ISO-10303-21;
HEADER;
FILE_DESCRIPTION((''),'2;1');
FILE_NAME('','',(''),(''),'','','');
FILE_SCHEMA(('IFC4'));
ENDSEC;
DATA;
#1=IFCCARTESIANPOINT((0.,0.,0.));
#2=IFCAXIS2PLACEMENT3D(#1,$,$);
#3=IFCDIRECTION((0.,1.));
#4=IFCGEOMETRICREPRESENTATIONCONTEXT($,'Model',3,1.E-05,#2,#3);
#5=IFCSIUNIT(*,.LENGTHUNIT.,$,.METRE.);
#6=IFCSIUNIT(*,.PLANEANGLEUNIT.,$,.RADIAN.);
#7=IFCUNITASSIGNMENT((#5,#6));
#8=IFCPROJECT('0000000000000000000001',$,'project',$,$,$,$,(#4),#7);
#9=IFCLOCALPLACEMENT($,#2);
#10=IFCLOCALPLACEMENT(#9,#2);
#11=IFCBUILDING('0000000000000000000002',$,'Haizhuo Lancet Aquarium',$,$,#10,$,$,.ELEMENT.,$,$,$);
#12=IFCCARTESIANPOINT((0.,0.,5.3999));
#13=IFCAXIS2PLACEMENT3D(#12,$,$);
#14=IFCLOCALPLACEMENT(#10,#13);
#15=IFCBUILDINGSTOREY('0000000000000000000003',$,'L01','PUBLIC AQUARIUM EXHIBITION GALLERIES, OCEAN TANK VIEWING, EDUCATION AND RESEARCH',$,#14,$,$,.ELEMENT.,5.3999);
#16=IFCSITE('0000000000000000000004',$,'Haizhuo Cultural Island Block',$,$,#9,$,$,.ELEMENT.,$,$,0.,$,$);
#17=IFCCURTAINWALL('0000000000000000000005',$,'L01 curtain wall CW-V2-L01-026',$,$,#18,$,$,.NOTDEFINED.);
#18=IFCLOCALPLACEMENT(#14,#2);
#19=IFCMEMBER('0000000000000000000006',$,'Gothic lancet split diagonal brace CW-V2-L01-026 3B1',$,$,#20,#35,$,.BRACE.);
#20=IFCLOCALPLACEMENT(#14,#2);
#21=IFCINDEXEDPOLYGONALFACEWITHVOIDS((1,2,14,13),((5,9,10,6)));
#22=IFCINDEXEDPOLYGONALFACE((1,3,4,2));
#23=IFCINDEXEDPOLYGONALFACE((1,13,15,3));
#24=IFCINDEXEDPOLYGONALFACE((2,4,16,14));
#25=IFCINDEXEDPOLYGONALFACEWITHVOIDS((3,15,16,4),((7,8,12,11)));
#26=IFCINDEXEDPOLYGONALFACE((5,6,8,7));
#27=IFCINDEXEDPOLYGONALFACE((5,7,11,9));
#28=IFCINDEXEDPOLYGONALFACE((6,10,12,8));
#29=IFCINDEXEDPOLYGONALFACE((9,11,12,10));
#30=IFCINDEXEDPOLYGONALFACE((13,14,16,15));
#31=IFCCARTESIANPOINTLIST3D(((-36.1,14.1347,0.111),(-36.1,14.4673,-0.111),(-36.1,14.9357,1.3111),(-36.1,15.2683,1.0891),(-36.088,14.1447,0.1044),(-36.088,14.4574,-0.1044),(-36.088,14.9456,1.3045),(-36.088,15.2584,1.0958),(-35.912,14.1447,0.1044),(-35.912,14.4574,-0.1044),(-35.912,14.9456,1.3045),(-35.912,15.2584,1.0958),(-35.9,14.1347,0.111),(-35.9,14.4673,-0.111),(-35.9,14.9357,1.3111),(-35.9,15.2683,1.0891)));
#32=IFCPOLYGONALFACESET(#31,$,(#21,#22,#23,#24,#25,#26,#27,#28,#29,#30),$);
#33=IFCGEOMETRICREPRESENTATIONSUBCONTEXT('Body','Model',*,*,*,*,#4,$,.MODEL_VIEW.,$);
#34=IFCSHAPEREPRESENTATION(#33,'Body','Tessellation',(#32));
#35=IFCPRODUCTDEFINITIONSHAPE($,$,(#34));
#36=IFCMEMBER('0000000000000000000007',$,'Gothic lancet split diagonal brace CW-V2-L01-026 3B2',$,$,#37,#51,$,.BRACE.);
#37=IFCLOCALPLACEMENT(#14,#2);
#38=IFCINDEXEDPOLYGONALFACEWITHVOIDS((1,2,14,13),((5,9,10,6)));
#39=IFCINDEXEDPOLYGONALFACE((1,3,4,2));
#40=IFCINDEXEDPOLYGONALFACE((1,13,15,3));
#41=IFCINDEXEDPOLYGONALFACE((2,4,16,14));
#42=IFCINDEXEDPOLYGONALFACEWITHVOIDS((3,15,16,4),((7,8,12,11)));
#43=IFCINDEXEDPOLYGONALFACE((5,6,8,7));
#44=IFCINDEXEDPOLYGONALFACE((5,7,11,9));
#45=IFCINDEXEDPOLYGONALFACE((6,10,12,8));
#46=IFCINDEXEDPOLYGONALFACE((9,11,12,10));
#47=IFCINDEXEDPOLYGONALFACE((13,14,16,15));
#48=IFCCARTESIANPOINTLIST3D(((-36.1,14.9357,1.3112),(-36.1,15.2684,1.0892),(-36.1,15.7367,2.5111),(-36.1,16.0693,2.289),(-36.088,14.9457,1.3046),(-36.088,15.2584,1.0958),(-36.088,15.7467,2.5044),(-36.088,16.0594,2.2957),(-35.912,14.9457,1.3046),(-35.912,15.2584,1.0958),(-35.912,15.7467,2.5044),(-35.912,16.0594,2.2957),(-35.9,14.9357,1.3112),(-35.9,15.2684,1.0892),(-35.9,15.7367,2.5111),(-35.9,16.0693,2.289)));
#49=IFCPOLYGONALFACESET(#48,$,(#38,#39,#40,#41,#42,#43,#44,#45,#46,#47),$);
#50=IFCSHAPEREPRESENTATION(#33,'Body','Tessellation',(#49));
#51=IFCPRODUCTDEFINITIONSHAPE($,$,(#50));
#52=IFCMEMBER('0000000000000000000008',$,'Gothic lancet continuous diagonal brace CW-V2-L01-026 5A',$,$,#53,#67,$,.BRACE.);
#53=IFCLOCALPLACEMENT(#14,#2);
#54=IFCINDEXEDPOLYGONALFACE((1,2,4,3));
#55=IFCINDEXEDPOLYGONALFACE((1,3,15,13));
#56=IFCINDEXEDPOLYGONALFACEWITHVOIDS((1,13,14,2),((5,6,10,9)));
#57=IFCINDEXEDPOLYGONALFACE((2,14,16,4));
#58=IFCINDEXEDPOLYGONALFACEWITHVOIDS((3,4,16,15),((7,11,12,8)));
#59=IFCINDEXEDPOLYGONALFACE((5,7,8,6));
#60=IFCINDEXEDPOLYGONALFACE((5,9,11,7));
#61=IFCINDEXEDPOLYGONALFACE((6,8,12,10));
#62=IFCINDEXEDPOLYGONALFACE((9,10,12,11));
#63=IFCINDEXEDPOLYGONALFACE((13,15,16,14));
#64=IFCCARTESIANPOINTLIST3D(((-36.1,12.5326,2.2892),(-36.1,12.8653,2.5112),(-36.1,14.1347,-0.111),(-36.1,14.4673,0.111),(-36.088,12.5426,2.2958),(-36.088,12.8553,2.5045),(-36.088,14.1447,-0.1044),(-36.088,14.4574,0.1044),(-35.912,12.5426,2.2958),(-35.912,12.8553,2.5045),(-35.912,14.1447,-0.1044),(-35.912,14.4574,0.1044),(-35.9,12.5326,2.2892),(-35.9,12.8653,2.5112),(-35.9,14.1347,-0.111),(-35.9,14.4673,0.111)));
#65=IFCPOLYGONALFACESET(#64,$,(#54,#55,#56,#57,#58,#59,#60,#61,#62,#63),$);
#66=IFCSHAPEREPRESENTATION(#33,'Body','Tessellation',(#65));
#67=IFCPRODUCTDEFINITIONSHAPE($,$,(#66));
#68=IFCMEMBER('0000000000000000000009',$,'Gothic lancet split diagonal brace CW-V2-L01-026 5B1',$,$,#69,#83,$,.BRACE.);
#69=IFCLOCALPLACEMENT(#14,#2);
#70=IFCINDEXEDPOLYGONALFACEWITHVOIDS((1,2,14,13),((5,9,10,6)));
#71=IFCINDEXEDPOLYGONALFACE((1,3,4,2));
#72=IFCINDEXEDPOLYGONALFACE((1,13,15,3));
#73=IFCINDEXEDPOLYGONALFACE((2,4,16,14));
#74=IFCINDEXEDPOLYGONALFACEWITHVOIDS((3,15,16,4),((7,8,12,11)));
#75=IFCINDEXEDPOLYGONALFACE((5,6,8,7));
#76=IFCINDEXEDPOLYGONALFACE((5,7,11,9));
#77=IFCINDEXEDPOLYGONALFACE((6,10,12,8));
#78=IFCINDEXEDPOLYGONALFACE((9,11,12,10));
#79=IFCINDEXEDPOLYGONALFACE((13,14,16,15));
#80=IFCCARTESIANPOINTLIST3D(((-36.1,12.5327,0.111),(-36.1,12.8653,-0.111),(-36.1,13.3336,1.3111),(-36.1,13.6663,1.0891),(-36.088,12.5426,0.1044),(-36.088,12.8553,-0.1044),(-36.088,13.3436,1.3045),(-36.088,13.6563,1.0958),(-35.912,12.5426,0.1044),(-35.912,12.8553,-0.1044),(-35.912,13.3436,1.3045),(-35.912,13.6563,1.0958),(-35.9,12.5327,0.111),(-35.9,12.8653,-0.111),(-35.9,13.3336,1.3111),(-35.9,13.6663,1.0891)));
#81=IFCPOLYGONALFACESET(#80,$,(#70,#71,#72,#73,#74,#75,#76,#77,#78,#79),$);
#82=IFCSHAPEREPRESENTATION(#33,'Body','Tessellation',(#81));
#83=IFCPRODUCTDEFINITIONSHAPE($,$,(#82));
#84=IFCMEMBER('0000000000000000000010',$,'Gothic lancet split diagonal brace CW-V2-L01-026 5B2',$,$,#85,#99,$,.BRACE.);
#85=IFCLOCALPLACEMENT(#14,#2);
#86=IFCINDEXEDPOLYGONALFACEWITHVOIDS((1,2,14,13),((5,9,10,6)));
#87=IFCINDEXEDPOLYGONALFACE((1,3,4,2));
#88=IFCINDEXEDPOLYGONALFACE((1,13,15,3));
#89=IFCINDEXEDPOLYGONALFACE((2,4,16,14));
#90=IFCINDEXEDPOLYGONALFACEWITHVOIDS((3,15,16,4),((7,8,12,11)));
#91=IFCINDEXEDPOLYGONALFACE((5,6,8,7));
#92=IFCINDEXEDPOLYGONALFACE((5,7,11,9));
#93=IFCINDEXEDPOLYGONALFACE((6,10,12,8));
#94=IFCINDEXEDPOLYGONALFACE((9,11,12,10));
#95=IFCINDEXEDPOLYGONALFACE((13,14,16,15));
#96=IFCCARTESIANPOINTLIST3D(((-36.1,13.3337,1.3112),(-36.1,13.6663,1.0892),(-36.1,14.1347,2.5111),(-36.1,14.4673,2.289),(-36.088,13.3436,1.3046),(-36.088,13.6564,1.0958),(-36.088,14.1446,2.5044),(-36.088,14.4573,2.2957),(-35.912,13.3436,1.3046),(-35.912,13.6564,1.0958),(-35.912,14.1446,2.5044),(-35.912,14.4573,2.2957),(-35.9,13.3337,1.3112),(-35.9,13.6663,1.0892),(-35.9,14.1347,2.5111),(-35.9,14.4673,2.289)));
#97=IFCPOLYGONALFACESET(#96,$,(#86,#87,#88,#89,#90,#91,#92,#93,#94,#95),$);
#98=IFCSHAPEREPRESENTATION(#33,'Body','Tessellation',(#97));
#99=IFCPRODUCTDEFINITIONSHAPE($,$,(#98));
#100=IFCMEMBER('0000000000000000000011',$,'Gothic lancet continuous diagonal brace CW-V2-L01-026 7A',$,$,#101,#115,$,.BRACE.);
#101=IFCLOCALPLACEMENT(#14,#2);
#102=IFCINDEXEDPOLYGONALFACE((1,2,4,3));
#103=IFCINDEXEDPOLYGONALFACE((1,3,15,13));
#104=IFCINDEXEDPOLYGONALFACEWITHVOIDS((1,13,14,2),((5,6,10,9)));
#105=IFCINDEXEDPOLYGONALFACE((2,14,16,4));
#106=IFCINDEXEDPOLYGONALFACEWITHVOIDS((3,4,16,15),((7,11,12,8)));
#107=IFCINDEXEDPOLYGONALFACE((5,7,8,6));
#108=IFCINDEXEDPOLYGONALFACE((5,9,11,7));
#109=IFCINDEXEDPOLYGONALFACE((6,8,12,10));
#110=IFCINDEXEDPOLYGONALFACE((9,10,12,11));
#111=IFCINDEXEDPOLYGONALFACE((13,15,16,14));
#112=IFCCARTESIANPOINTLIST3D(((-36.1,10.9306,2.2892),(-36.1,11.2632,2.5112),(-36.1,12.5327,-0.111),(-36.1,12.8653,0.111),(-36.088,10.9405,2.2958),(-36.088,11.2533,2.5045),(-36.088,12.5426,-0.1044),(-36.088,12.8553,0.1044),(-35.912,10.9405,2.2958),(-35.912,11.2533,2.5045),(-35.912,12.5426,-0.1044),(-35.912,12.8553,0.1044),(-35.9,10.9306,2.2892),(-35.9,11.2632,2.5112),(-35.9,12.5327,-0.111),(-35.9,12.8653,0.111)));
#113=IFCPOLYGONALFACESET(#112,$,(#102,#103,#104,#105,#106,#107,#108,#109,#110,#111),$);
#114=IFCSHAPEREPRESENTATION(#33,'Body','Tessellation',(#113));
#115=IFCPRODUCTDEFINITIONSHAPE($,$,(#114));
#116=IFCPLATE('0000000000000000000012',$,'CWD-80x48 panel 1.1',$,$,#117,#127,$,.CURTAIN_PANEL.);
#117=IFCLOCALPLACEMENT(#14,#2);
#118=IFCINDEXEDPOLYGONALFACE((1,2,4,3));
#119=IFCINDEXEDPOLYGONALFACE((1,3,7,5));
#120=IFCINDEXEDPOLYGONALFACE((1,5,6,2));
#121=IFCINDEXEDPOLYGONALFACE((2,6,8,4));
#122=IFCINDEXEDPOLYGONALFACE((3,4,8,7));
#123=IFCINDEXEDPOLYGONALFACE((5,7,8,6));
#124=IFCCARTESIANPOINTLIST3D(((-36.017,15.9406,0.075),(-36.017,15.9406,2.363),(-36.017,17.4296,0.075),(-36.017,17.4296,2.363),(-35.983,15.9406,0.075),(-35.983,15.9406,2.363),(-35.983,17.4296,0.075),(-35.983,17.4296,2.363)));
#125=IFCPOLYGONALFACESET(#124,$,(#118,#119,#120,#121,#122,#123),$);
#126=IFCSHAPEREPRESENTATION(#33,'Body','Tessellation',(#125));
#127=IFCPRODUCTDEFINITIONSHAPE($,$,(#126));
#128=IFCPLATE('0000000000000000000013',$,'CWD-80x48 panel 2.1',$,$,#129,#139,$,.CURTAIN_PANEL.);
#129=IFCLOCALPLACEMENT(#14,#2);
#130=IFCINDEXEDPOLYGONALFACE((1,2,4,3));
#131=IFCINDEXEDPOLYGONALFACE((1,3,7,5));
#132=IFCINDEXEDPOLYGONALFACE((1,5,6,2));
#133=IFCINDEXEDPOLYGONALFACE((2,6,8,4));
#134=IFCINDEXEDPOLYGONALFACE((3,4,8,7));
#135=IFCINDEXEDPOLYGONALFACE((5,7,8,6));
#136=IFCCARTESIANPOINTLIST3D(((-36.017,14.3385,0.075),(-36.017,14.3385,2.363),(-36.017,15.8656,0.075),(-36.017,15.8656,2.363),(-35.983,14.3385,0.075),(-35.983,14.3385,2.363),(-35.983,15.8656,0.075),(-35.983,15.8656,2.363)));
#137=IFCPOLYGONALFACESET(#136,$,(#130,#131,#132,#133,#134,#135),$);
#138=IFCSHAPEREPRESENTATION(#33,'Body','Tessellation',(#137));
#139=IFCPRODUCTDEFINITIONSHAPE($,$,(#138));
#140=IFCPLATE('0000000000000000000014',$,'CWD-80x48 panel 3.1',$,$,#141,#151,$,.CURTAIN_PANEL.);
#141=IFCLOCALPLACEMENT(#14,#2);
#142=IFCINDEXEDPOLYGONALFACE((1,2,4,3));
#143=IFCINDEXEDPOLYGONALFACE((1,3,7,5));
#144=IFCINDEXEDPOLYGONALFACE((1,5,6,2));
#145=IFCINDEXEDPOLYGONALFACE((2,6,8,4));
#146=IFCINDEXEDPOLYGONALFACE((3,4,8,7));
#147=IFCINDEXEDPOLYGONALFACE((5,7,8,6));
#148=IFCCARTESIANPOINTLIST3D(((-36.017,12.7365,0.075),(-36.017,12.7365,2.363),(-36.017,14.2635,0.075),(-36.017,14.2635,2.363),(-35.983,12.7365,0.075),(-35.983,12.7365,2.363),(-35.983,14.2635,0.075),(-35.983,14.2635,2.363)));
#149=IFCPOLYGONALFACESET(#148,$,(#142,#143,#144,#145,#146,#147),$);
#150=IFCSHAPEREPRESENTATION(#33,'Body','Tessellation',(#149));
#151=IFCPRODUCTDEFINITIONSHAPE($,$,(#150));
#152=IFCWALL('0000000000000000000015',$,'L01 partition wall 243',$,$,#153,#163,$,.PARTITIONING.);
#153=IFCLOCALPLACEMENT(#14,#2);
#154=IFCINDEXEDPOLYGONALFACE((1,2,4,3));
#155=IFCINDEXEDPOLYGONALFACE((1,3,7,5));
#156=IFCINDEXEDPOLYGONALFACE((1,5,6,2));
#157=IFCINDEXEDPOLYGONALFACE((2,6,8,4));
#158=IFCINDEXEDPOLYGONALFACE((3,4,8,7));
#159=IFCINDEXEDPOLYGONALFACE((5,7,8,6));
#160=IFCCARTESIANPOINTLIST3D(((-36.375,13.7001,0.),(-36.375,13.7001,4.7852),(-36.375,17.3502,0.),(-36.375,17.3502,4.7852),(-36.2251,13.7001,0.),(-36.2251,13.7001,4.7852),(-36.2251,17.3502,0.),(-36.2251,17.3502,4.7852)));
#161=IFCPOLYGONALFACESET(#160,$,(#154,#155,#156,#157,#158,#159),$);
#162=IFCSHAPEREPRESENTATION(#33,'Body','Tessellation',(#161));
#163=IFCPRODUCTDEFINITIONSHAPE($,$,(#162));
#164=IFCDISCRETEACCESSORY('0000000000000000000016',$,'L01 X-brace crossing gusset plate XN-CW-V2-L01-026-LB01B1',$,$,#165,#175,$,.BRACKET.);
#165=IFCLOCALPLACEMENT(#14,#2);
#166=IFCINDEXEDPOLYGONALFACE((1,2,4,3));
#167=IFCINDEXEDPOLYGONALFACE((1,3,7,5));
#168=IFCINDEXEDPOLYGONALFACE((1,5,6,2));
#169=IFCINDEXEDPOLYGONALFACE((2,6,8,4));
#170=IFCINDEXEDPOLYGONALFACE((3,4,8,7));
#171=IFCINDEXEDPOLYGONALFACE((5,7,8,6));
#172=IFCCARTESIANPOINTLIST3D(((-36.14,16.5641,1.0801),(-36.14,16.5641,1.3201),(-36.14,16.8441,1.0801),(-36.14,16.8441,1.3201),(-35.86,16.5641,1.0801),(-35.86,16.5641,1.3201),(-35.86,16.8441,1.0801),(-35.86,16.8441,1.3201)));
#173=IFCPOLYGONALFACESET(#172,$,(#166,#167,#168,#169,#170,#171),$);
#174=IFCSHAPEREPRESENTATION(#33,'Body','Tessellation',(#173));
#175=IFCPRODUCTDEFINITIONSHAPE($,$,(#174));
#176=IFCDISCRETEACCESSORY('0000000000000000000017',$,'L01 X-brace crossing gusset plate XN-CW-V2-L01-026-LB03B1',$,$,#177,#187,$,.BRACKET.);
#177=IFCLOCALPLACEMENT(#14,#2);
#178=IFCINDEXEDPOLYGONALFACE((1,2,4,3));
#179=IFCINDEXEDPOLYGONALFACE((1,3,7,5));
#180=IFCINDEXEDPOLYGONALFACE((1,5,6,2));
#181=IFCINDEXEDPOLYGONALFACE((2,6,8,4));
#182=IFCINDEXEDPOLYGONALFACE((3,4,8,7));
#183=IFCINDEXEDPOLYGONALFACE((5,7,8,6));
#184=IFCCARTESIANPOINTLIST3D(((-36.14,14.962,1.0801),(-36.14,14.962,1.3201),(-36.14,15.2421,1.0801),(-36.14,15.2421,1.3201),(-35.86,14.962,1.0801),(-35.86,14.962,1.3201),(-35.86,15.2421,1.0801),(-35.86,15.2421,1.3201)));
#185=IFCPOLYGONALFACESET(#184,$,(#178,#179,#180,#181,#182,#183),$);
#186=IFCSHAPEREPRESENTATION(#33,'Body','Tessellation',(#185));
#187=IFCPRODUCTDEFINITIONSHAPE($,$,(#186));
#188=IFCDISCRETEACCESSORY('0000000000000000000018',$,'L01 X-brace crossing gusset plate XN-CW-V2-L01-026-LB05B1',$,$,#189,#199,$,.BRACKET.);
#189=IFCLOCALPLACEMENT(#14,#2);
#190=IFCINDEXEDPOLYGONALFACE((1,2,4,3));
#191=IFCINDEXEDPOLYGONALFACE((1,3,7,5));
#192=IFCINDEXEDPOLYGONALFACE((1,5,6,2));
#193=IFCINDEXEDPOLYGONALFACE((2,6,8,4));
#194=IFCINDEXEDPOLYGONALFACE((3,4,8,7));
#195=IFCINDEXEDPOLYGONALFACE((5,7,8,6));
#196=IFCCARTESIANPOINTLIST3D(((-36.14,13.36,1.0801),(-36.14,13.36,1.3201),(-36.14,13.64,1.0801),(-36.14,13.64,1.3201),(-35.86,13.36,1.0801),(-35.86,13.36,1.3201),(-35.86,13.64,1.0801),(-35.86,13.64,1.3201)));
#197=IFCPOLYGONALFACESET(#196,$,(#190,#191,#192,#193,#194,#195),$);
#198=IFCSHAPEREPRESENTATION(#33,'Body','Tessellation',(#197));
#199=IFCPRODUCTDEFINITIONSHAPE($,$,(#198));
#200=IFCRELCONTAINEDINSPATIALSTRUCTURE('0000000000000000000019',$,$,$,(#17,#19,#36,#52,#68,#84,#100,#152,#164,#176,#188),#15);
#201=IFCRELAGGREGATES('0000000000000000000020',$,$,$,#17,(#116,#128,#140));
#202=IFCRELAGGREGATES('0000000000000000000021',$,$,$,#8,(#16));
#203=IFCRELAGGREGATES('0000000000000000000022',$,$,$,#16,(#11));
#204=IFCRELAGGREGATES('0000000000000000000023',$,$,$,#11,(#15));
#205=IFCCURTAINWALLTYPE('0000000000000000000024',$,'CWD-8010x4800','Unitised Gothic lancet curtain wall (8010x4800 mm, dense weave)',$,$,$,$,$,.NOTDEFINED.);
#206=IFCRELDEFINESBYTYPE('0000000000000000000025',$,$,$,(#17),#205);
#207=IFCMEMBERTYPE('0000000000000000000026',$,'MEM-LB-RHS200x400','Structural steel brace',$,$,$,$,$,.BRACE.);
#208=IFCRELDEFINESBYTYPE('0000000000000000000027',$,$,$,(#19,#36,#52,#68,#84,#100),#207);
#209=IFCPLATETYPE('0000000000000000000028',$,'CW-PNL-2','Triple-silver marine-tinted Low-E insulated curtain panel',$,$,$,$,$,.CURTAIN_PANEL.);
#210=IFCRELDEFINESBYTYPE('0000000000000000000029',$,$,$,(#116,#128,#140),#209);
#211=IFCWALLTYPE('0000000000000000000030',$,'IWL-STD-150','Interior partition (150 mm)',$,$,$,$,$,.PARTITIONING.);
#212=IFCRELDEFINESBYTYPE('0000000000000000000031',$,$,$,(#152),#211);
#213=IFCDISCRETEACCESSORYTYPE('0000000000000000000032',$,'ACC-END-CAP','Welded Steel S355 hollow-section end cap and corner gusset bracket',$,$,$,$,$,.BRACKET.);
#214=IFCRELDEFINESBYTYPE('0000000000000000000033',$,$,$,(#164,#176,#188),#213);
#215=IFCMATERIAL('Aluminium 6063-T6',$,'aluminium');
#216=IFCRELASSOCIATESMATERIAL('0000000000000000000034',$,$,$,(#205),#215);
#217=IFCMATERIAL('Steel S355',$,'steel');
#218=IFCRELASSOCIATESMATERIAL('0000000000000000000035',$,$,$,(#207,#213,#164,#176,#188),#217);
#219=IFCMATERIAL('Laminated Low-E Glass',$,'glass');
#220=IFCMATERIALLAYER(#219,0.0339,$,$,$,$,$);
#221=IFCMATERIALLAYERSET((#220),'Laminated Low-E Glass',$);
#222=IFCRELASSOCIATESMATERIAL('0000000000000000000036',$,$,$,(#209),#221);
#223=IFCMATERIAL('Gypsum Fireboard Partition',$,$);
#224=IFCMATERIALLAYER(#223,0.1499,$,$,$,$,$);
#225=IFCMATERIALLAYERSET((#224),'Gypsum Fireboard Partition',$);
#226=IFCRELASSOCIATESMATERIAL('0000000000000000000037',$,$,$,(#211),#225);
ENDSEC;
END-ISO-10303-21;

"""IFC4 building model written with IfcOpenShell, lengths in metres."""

from ifc_helpers import new_model, si_unit, direction, frame, frame_2d, origin, origin_2d, place, context, subcontext, project, spatial, rectangle, hollow_rectangle, extrude, material, layer, layer_set, material_profile, profile_set, type_object, element, aggregate, save


model = new_model("IFC4")

# Units and contexts
model_context = context("Model", 3, precision=1e-05, world=origin(), true_north=direction((0.0, 1.0)))
body_context = subcontext(model_context, "Body", "Model", "MODEL_VIEW")
ifc_project = project(units=[si_unit("LENGTHUNIT", "METRE"), si_unit("PLANEANGLEUNIT", "RADIAN")], contexts=[model_context])

# Site, building, storey
site_placement = place(None, origin())
site = spatial("IfcSite", under=ifc_project, at=site_placement, Name="Haizhuo Cultural Island Block", CompositionType="ELEMENT", RefElevation=0.0)
building_placement = place(site_placement, origin())
building = spatial("IfcBuilding", under=site, at=building_placement, Name="Haizhuo Lancet Aquarium", CompositionType="ELEMENT")
storey_placement = place(building_placement, frame((0.0, 0.0, 5.3999)))
storey = spatial("IfcBuildingStorey", under=building, at=storey_placement, Name="L01", Description="PUBLIC AQUARIUM EXHIBITION GALLERIES, OCEAN TANK VIEWING, EDUCATION AND RESEARCH", CompositionType="ELEMENT", Elevation=5.3999)

# Curtain wall
ifc_material_1 = material(Name="Aluminium 6063-T6", Category="aluminium")
curtain_wall_type = type_object("IfcCurtainWallType", Name="CWD-8010x4800", Description="Unitised Gothic lancet curtain wall (8010x4800 mm, dense weave)", PredefinedType="NOTDEFINED", material=ifc_material_1)
curtain_wall_placement = place(storey_placement, origin())
curtain_wall = element("IfcCurtainWall", 1, at=curtain_wall_placement, inside=storey, type_object=curtain_wall_type, Name="L01 curtain wall CW-V2-L01-026", PredefinedType="NOTDEFINED")

# Members
ifc_material_2 = material(Name="Steel S355", Category="steel")
ifc_material_profile_1 = material_profile(ifc_material_2, hollow_rectangle(XDim=0.2, YDim=0.3999, WallThickness=0.012, at=origin_2d()), Name="RHS 200x400x12")
ifc_profile_set_1 = profile_set([ifc_material_profile_1], Name="Steel S355")
member_type_1 = type_object("IfcMemberType", Name="MEM-LB-RHS200x400", Description="Structural steel brace", PredefinedType="BRACE", material=ifc_profile_set_1)
member_1_placement = place(storey_placement, frame((-36.0, 14.301, 0.0), z_axis=(0.0, 0.55513, 0.831764), x_axis=(-1.0, 0.0, 0.0)))
element("IfcMember", 2, at=member_1_placement, inside=storey, type_object=member_type_1, Name="Gothic lancet split diagonal brace CW-V2-L01-026 3B1", PredefinedType="BRACE", context=body_context, shape_type="SweptSolid", body=[
    extrude(hollow_rectangle(XDim=0.2, YDim=0.3999, WallThickness=0.012, at=origin_2d()), origin(), (0.0, 0.0, 1.0), 1.4429),
])
member_2_placement = place(storey_placement, frame((-36.0, 15.1021, 1.2002), z_axis=(0.0, 0.555208, 0.831712), x_axis=(-1.0, 0.0, 0.0)))
element("IfcMember", 3, at=member_2_placement, inside=storey, type_object=member_type_1, Name="Gothic lancet split diagonal brace CW-V2-L01-026 3B2", PredefinedType="BRACE", context=body_context, shape_type="SweptSolid", body=[
    extrude(hollow_rectangle(XDim=0.2, YDim=0.3999, WallThickness=0.012, at=origin_2d()), origin(), (0.0, 0.0, 1.0), 1.4426),
])
member_3_placement = place(storey_placement, frame((-36.0, 14.301, 0.0), z_axis=(0.0, -0.555169, 0.831738), x_axis=(1.0, 0.0, 0.0)))
element("IfcMember", 4, at=member_3_placement, inside=storey, type_object=member_type_1, Name="Gothic lancet continuous diagonal brace CW-V2-L01-026 5A", PredefinedType="BRACE", context=body_context, shape_type="SweptSolid", body=[
    extrude(hollow_rectangle(XDim=0.2, YDim=0.3999, WallThickness=0.012, at=origin_2d()), origin(), (0.0, 0.0, 1.0), 2.8857),
])
member_4_placement = place(storey_placement, frame((-36.0, 12.699, 0.0), z_axis=(0.0, 0.55513, 0.831764), x_axis=(-1.0, 0.0, 0.0)))
element("IfcMember", 5, at=member_4_placement, inside=storey, type_object=member_type_1, Name="Gothic lancet split diagonal brace CW-V2-L01-026 5B1", PredefinedType="BRACE", context=body_context, shape_type="SweptSolid", body=[
    extrude(hollow_rectangle(XDim=0.2, YDim=0.3999, WallThickness=0.012, at=origin_2d()), origin(), (0.0, 0.0, 1.0), 1.4429),
])
member_5_placement = place(storey_placement, frame((-36.0, 13.5, 1.2002), z_axis=(0.0, 0.555208, 0.831712), x_axis=(-1.0, 0.0, 0.0)))
element("IfcMember", 6, at=member_5_placement, inside=storey, type_object=member_type_1, Name="Gothic lancet split diagonal brace CW-V2-L01-026 5B2", PredefinedType="BRACE", context=body_context, shape_type="SweptSolid", body=[
    extrude(hollow_rectangle(XDim=0.2, YDim=0.3999, WallThickness=0.012, at=origin_2d()), origin(), (0.0, 0.0, 1.0), 1.4426),
])
member_6_placement = place(storey_placement, frame((-36.0, 12.699, 0.0), z_axis=(0.0, -0.555169, 0.831738), x_axis=(1.0, 0.0, 0.0)))
element("IfcMember", 7, at=member_6_placement, inside=storey, type_object=member_type_1, Name="Gothic lancet continuous diagonal brace CW-V2-L01-026 7A", PredefinedType="BRACE", context=body_context, shape_type="SweptSolid", body=[
    extrude(hollow_rectangle(XDim=0.2, YDim=0.3999, WallThickness=0.012, at=origin_2d()), origin(), (0.0, 0.0, 1.0), 2.8857),
])

# Plates
ifc_material_3 = material(Name="Laminated Low-E Glass", Category="glass")
ifc_layer_1 = layer(ifc_material_3, 0.0339)
ifc_layer_set_1 = layer_set([ifc_layer_1], Name="Laminated Low-E Glass")
plate_type = type_object("IfcPlateType", Name="CW-PNL-2", Description="Triple-silver marine-tinted Low-E insulated curtain panel", PredefinedType="CURTAIN_PANEL", material=ifc_layer_set_1)
plate_1_placement = place(storey_placement, frame((-36.0, 16.6851, 0.075), z_axis=(0.0, 0.0, 1.0), x_axis=(0.0, -1.0, 0.0)))
plate_1 = element("IfcPlate", 8, at=plate_1_placement, type_object=plate_type, Name="CWD-80x48 panel 1.1", PredefinedType="CURTAIN_PANEL", context=body_context, shape_type="SweptSolid", body=[
    extrude(rectangle(XDim=1.489, YDim=0.0339, at=origin_2d()), origin(), (0.0, 0.0, 1.0), 2.2881),
])
plate_2_placement = place(storey_placement, frame((-36.0, 15.1021, 0.075), z_axis=(0.0, 0.0, 1.0), x_axis=(0.0, -1.0, 0.0)))
plate_2 = element("IfcPlate", 9, at=plate_2_placement, type_object=plate_type, Name="CWD-80x48 panel 2.1", PredefinedType="CURTAIN_PANEL", context=body_context, shape_type="SweptSolid", body=[
    extrude(rectangle(XDim=1.5271, YDim=0.0339, at=origin_2d()), origin(), (0.0, 0.0, 1.0), 2.2881),
])
plate_3_placement = place(storey_placement, frame((-36.0, 13.5, 0.075), z_axis=(0.0, 0.0, 1.0), x_axis=(0.0, -1.0, 0.0)))
plate_3 = element("IfcPlate", 10, at=plate_3_placement, type_object=plate_type, Name="CWD-80x48 panel 3.1", PredefinedType="CURTAIN_PANEL", context=body_context, shape_type="SweptSolid", body=[
    extrude(rectangle(XDim=1.5271, YDim=0.0339, at=origin_2d()), origin(), (0.0, 0.0, 1.0), 2.2881),
])
aggregate(curtain_wall, [plate_1, plate_2, plate_3])

# Wall
ifc_material_4 = material(Name="Gypsum Fireboard Partition")
ifc_layer_2 = layer(ifc_material_4, 0.1499)
ifc_layer_set_2 = layer_set([ifc_layer_2], Name="Gypsum Fireboard Partition")
wall_type = type_object("IfcWallType", Name="IWL-STD-150", Description="Interior partition (150 mm)", PredefinedType="PARTITIONING", material=ifc_layer_set_2)
wall_placement = place(storey_placement, frame((-36.3, 13.7, 0.0), z_axis=(0.0, 0.0, 1.0), x_axis=(0.0, 1.0, 0.0)))
element("IfcWall", 11, at=wall_placement, inside=storey, type_object=wall_type, Name="L01 partition wall 243", PredefinedType="PARTITIONING", context=body_context, shape_type="SweptSolid", body=[
    extrude(rectangle(XDim=3.6501, YDim=0.1499, at=frame_2d((1.8252, 0.0))), origin(), (0.0, 0.0, 1.0), 4.7852),
])

# Discrete accessories
discrete_accessory_type = type_object("IfcDiscreteAccessoryType", Name="ACC-END-CAP", Description="Welded Steel S355 hollow-section end cap and corner gusset bracket", PredefinedType="BRACKET", material=ifc_material_2)
for number, where, z_axis, x_axis, name in (
    (12, (-36.0, 16.7041, 1.0801), (0.0, 0.0, 1.0), (1.0, 0.0, 0.0), "L01 X-brace crossing gusset plate XN-CW-V2-L01-026-LB01B1"),
    (13, (-36.0, 15.1021, 1.0801), (0.0, 0.0, 1.0), (1.0, 0.0, 0.0), "L01 X-brace crossing gusset plate XN-CW-V2-L01-026-LB03B1"),
    (14, (-36.0, 13.5, 1.0801), (0.0, 0.0, 1.0), (1.0, 0.0, 0.0), "L01 X-brace crossing gusset plate XN-CW-V2-L01-026-LB05B1"),
):
    element("IfcDiscreteAccessory", number, at=place(storey_placement, frame(where, z_axis=z_axis, x_axis=x_axis)), inside=storey, type_object=discrete_accessory_type, material=ifc_material_2, Name=name, PredefinedType="BRACKET", context=body_context, shape_type="SweptSolid", body=[
        extrude(rectangle(XDim=0.28, YDim=0.28, at=origin_2d()), origin(), (0.0, 0.0, 1.0), 0.24),
    ])

save(model, "model.ifc")
